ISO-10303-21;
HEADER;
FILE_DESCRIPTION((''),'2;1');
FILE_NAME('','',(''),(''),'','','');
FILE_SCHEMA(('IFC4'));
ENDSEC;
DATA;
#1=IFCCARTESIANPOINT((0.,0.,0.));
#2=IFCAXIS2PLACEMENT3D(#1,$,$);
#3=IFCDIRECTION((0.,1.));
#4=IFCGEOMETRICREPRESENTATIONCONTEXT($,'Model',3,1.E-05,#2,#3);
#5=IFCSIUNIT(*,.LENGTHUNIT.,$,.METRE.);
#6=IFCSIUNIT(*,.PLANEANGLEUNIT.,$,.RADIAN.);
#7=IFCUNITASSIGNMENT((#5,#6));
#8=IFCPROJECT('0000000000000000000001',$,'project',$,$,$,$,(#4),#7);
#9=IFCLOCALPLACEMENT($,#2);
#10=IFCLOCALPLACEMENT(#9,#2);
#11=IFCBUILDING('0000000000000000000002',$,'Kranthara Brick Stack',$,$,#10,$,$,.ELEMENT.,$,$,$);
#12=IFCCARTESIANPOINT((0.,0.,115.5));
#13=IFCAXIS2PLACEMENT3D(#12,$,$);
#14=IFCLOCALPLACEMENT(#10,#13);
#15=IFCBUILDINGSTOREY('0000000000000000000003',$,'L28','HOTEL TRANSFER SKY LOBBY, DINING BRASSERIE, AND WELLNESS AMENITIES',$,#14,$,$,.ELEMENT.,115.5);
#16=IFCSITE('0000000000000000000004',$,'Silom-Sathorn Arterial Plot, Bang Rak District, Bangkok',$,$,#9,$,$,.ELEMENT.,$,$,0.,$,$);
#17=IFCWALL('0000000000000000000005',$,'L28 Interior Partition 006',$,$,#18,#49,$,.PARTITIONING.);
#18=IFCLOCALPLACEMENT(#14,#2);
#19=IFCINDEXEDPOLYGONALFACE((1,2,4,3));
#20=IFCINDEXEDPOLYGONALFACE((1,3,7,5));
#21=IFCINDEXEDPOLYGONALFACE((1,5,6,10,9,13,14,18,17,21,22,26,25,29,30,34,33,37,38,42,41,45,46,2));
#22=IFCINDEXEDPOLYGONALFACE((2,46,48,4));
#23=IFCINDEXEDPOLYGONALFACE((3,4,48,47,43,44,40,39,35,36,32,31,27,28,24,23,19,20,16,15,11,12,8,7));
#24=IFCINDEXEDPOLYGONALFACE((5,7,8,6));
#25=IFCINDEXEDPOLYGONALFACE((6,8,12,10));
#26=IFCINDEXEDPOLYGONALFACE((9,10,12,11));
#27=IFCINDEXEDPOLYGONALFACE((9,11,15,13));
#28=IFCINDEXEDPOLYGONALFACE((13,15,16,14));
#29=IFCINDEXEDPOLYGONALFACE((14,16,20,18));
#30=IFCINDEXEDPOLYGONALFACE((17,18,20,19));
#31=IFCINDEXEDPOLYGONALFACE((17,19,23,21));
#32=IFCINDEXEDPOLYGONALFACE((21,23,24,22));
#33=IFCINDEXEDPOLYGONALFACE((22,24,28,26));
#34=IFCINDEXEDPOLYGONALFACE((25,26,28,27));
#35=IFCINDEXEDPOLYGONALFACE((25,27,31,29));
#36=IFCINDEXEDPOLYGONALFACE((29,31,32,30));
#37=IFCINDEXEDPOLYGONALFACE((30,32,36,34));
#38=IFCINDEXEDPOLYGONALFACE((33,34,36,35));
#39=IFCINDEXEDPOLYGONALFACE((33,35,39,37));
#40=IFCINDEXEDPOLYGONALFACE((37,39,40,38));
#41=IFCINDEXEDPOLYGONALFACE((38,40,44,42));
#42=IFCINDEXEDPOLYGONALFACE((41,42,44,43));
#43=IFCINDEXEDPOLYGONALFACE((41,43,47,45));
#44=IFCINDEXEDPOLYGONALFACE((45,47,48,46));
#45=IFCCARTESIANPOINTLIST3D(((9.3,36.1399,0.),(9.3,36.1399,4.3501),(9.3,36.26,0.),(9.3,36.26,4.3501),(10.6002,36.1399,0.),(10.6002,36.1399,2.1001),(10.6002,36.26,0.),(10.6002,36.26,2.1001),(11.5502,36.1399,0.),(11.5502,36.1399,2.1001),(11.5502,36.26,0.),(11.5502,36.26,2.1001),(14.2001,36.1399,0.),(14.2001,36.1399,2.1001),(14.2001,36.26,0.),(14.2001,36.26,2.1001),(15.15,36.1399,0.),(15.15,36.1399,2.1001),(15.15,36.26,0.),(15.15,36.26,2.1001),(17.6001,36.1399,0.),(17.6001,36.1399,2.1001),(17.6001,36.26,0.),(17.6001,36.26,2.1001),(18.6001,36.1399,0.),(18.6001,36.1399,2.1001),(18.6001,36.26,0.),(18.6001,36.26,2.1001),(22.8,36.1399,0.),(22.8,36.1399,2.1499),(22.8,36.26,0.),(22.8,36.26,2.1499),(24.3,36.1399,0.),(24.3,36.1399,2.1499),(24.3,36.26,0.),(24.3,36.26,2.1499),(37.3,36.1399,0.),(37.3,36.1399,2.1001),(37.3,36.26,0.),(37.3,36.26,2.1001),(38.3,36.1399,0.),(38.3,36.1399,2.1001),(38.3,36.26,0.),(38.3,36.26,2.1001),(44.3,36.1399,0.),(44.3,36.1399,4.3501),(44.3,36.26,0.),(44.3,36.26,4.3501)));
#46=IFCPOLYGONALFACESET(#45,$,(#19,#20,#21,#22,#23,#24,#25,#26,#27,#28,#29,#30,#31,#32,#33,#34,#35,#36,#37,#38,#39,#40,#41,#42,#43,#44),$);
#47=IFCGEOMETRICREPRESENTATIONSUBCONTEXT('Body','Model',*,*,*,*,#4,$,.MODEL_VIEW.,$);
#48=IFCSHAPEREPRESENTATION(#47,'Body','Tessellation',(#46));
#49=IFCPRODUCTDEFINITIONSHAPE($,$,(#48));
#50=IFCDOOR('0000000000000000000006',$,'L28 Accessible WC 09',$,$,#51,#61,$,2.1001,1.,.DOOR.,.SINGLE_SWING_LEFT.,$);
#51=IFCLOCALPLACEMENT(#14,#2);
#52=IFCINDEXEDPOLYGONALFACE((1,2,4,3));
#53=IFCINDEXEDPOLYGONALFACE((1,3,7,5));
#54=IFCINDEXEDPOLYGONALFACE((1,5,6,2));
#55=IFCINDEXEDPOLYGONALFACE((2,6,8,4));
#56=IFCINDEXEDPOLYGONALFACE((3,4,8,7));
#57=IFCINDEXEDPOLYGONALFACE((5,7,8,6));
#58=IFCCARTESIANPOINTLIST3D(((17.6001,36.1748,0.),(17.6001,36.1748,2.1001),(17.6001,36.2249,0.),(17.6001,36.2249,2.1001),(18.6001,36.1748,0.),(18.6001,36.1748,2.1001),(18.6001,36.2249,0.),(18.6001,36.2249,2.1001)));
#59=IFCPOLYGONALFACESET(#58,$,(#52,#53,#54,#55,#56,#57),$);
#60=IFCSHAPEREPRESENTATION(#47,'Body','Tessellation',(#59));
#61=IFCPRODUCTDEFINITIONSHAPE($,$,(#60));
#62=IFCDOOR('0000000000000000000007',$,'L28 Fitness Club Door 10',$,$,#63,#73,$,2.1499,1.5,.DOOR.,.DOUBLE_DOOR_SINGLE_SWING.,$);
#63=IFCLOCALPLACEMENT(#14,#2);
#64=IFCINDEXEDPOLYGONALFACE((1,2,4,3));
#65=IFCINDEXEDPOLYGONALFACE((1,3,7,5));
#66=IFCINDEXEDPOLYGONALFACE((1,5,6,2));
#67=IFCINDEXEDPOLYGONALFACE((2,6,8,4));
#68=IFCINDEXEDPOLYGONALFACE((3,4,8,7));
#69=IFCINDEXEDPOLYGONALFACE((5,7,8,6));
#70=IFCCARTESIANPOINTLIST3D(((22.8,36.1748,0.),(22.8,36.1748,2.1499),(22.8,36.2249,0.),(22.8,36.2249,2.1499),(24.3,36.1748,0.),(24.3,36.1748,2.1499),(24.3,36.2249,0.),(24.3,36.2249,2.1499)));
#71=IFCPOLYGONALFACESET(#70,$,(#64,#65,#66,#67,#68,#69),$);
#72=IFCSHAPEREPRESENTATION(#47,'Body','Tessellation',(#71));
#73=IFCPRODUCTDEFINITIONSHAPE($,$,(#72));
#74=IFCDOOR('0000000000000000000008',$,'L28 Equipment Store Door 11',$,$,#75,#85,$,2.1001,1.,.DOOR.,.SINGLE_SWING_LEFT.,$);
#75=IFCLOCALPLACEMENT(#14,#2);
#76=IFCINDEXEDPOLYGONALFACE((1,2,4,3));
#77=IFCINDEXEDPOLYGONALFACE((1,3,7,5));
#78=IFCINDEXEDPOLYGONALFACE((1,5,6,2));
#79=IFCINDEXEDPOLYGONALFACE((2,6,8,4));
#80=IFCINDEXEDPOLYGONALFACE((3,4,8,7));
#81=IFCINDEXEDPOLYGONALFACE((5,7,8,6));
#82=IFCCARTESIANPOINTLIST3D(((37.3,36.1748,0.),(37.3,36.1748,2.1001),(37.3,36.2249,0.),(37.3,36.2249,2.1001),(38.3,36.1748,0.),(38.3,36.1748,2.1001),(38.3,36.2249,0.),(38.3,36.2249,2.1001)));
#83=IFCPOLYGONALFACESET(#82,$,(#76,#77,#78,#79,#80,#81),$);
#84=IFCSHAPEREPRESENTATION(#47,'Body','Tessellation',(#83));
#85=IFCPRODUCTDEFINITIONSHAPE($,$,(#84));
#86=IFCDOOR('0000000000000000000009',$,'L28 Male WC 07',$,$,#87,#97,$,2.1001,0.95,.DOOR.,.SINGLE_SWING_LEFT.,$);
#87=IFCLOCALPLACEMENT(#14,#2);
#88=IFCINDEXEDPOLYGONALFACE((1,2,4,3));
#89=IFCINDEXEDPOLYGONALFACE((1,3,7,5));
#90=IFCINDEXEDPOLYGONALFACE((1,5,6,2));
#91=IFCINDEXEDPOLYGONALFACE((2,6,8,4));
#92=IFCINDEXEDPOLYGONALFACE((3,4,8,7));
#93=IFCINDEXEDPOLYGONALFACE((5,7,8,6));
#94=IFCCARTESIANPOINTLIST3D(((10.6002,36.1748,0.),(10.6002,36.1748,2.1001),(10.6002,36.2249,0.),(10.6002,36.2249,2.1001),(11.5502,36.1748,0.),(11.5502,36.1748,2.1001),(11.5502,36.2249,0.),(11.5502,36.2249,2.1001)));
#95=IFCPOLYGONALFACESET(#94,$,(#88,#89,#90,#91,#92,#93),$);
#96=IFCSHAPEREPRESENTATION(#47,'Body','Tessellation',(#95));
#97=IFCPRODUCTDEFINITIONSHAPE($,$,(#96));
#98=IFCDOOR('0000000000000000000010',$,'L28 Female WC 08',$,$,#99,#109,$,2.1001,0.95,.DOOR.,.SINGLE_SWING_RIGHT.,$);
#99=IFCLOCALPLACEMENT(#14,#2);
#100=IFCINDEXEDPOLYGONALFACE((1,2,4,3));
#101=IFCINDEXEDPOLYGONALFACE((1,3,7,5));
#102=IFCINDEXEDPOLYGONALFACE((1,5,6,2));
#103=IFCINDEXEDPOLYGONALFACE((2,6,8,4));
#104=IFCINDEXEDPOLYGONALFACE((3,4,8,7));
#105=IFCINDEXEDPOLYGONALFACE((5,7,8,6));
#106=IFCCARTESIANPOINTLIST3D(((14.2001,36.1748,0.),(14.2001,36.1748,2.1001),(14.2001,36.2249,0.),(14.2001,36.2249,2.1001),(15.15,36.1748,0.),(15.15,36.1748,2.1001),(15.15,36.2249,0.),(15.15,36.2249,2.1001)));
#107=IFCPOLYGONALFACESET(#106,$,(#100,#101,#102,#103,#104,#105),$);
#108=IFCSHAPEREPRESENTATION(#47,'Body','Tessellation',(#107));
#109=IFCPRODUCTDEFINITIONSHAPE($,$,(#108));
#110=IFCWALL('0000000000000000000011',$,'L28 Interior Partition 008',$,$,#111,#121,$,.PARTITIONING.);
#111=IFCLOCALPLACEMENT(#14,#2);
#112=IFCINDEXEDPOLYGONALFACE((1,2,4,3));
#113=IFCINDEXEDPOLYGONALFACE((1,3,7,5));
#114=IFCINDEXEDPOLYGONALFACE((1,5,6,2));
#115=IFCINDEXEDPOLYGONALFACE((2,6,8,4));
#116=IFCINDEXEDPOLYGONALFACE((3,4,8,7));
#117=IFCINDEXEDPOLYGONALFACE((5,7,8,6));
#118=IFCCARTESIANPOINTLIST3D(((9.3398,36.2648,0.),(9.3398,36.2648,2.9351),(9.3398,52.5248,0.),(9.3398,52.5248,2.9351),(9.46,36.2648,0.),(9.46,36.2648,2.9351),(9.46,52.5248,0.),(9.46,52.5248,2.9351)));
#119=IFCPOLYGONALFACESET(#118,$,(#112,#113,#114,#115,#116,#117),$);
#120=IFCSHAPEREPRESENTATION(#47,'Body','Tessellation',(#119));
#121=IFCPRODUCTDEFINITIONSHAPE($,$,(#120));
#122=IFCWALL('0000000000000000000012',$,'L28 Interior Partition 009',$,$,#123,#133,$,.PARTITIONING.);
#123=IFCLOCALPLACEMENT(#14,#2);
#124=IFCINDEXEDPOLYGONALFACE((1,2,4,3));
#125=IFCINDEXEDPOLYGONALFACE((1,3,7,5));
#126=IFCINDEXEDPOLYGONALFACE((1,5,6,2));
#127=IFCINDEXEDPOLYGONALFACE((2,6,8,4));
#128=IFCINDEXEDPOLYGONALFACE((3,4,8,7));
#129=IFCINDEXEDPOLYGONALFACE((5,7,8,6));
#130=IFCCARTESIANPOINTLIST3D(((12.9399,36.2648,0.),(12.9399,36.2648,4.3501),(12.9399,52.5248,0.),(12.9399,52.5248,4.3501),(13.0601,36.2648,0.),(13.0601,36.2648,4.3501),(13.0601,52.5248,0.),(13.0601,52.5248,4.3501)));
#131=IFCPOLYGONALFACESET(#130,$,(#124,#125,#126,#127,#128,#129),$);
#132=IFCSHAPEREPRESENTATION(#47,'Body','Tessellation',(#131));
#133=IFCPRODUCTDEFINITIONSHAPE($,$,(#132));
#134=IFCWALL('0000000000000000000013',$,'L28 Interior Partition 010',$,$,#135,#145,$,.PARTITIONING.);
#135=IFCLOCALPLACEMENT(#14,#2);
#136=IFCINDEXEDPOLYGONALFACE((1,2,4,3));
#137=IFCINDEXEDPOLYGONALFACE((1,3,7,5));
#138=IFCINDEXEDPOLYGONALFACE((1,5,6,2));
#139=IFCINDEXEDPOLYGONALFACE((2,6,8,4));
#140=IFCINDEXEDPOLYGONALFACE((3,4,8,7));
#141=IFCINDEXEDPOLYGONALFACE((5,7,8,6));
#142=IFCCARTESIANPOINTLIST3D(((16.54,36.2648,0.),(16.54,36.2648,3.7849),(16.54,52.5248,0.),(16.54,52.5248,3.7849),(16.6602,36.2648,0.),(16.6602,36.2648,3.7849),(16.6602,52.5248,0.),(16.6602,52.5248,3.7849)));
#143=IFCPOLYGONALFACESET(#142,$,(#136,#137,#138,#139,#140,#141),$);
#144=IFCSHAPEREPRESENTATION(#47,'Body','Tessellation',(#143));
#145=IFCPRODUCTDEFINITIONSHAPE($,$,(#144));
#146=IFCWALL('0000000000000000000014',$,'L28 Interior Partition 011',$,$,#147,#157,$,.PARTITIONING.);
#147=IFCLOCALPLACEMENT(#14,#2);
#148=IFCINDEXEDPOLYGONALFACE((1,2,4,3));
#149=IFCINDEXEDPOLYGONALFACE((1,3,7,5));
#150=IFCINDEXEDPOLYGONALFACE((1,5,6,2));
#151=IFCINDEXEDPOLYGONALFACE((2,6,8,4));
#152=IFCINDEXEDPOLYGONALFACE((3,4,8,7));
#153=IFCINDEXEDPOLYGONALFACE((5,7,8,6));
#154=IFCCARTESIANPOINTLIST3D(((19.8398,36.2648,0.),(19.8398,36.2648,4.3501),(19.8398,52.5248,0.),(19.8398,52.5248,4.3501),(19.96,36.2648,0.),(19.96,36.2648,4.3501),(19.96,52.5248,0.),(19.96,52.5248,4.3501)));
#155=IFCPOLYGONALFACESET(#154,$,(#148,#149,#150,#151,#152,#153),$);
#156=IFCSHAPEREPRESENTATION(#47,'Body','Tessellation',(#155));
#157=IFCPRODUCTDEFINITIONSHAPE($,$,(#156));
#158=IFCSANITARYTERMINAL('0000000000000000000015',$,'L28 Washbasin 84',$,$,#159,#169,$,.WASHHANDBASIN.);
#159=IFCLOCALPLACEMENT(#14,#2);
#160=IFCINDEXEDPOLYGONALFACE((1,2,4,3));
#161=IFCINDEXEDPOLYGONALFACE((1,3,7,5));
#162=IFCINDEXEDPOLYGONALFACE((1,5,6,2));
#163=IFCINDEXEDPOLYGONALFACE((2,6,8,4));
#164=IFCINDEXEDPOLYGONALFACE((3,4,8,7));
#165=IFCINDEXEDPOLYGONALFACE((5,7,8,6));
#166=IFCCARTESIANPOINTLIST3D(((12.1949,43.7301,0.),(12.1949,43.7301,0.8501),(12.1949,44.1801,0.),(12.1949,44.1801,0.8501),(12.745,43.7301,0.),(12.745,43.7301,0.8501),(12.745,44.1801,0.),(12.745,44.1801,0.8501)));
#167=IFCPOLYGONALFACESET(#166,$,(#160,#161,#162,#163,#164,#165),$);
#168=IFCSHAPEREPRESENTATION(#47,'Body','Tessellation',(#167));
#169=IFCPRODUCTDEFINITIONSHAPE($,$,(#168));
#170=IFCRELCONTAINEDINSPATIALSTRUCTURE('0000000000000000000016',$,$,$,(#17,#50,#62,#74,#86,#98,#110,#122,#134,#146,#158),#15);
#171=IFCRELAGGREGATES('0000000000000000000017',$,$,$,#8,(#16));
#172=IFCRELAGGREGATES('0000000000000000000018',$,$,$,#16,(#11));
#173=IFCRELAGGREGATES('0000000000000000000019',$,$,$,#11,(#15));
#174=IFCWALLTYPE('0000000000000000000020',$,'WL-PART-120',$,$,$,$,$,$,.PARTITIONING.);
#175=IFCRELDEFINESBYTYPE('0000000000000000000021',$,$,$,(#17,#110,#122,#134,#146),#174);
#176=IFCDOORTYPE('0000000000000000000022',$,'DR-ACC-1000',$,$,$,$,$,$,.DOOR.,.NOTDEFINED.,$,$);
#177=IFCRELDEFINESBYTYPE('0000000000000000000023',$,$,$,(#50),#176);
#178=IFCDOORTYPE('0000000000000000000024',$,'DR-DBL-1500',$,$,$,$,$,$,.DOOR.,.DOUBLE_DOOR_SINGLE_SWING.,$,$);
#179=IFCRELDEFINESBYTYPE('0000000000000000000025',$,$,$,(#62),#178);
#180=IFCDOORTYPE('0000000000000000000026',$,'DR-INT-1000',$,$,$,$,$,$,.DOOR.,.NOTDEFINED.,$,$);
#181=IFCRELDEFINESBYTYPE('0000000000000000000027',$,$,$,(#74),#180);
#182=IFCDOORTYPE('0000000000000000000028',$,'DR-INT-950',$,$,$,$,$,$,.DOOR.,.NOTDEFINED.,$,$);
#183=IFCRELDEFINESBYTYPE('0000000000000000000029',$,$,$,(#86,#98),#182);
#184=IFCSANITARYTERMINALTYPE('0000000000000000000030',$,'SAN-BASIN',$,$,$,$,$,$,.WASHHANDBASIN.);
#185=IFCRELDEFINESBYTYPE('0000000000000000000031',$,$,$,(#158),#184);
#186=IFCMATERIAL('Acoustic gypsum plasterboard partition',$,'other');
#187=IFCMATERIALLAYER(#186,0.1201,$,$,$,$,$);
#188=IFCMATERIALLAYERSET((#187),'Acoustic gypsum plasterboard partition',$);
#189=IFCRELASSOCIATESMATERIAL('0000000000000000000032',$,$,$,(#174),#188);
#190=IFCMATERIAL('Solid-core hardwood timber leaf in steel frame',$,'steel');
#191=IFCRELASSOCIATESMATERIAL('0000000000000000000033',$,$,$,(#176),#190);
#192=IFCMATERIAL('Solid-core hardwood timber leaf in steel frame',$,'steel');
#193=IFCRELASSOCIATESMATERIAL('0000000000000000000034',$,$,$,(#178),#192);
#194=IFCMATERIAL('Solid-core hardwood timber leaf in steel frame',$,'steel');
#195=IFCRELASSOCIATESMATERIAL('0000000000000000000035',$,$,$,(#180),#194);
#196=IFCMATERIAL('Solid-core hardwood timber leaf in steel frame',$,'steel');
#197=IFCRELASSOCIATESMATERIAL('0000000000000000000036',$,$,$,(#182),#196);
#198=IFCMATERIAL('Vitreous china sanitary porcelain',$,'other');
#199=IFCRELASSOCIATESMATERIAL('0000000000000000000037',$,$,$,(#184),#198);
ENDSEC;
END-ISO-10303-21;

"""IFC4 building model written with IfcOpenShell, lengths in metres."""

from ifc_helpers import new_model, si_unit, direction, frame, frame_2d, origin, origin_2d, place, context, subcontext, project, spatial, rectangle, extrude, material, layer, layer_set, type_object, element, fill, save


model = new_model("IFC4")

# Units and contexts
model_context = context("Model", 3, precision=1e-05, world=origin(), true_north=direction((0.0, 1.0)))
body_context = subcontext(model_context, "Body", "Model", "MODEL_VIEW")
ifc_project = project(units=[si_unit("LENGTHUNIT", "METRE"), si_unit("PLANEANGLEUNIT", "RADIAN")], contexts=[model_context])

# Site, building, storey
site_placement = place(None, origin())
site = spatial("IfcSite", under=ifc_project, at=site_placement, Name="Silom-Sathorn Arterial Plot, Bang Rak District, Bangkok", CompositionType="ELEMENT", RefElevation=0.0)
building_placement = place(site_placement, origin())
building = spatial("IfcBuilding", under=site, at=building_placement, Name="Kranthara Brick Stack", CompositionType="ELEMENT")
storey_placement = place(building_placement, frame((0.0, 0.0, 115.5)))
storey = spatial("IfcBuildingStorey", under=building, at=storey_placement, Name="L28", Description="HOTEL TRANSFER SKY LOBBY, DINING BRASSERIE, AND WELLNESS AMENITIES", CompositionType="ELEMENT", Elevation=115.5)

# Wall, openings, doors
ifc_material_1 = material(Name="Acoustic gypsum plasterboard partition", Category="other")
ifc_layer_1 = layer(ifc_material_1, 0.1201)
ifc_layer_set_1 = layer_set([ifc_layer_1], Name="Acoustic gypsum plasterboard partition")
wall_type_1 = type_object("IfcWallType", Name="WL-PART-120", PredefinedType="PARTITIONING", material=ifc_layer_set_1)
wall_1_placement = place(storey_placement, frame((9.3, 36.2, 0.0), z_axis=(0.0, 0.0, 1.0), x_axis=(1.0, 0.0, 0.0)))
wall_1 = element("IfcWall", 1, at=wall_1_placement, inside=storey, type_object=wall_type_1, Name="L28 Interior Partition 006", PredefinedType="PARTITIONING", context=body_context, shape_type="SweptSolid", body=[
    extrude(rectangle(XDim=35.0, YDim=0.1201, at=frame_2d((17.5, 0.0))), origin(), (0.0, 0.0, 1.0), 4.3501),
])
opening_1_placement = place(wall_1_placement, frame((1.3, 0.0, 0.0)))
opening_1 = element("IfcOpeningElement", 2, at=opening_1_placement, cuts=wall_1, PredefinedType="OPENING", context=body_context, shape_type="SweptSolid", body=[
    extrude(rectangle(XDim=0.95, YDim=2.1001, at=frame_2d((0.4751, 1.05))), frame((0.0, 0.0701, 0.0), z_axis=(0.0, -1.0, 0.0), x_axis=(1.0, 0.0, 0.0)), (0.0, 0.0, 1.0), 0.1401),
])
opening_2_placement = place(wall_1_placement, frame((4.8999, 0.0, 0.0)))
opening_2 = element("IfcOpeningElement", 3, at=opening_2_placement, cuts=wall_1, PredefinedType="OPENING", context=body_context, shape_type="SweptSolid", body=[
    extrude(rectangle(XDim=0.95, YDim=2.1001, at=frame_2d((0.4751, 1.05))), frame((0.0, 0.0701, 0.0), z_axis=(0.0, -1.0, 0.0), x_axis=(1.0, 0.0, 0.0)), (0.0, 0.0, 1.0), 0.1401),
])
opening_3_placement = place(wall_1_placement, frame((8.3, 0.0, 0.0)))
opening_3 = element("IfcOpeningElement", 4, at=opening_3_placement, cuts=wall_1, PredefinedType="OPENING", context=body_context, shape_type="SweptSolid", body=[
    extrude(rectangle(XDim=1.0, YDim=2.1001, at=frame_2d((0.5, 1.05))), frame((0.0, 0.0701, 0.0), z_axis=(0.0, -1.0, 0.0), x_axis=(1.0, 0.0, 0.0)), (0.0, 0.0, 1.0), 0.1401),
])
opening_4_placement = place(wall_1_placement, frame((13.5, 0.0, 0.0)))
opening_4 = element("IfcOpeningElement", 5, at=opening_4_placement, cuts=wall_1, PredefinedType="OPENING", context=body_context, shape_type="SweptSolid", body=[
    extrude(rectangle(XDim=1.5, YDim=2.1499, at=frame_2d((0.75, 1.075))), frame((0.0, 0.0701, 0.0), z_axis=(0.0, -1.0, 0.0), x_axis=(1.0, 0.0, 0.0)), (0.0, 0.0, 1.0), 0.1401),
])
opening_5_placement = place(wall_1_placement, frame((28.0, 0.0, 0.0)))
opening_5 = element("IfcOpeningElement", 6, at=opening_5_placement, cuts=wall_1, PredefinedType="OPENING", context=body_context, shape_type="SweptSolid", body=[
    extrude(rectangle(XDim=1.0, YDim=2.1001, at=frame_2d((0.5, 1.05))), frame((0.0, 0.0701, 0.0), z_axis=(0.0, -1.0, 0.0), x_axis=(1.0, 0.0, 0.0)), (0.0, 0.0, 1.0), 0.1401),
])
ifc_material_2 = material(Name="Solid-core hardwood timber leaf in steel frame", Category="steel")
door_type_1 = type_object("IfcDoorType", Name="DR-ACC-1000", OperationType="NOTDEFINED", PredefinedType="DOOR", material=ifc_material_2)
door_1_placement = place(opening_3_placement, origin())
door_1 = element("IfcDoor", 7, at=door_1_placement, inside=storey, type_object=door_type_1, Name="L28 Accessible WC 09", OperationType="SINGLE_SWING_LEFT", OverallHeight=2.1001, OverallWidth=1.0, PredefinedType="DOOR", context=body_context, shape_type="SweptSolid", body=[
    extrude(rectangle(XDim=1.0, YDim=2.1001, at=frame_2d((0.5, 1.05))), frame((0.0, 0.0249, 0.0), z_axis=(0.0, -1.0, 0.0), x_axis=(1.0, 0.0, 0.0)), (0.0, 0.0, 1.0), 0.05),
])
fill(opening_3, door_1)
ifc_material_3 = material(Name="Solid-core hardwood timber leaf in steel frame", Category="steel")
door_type_2 = type_object("IfcDoorType", Name="DR-DBL-1500", OperationType="DOUBLE_DOOR_SINGLE_SWING", PredefinedType="DOOR", material=ifc_material_3)
door_2_placement = place(opening_4_placement, origin())
door_2 = element("IfcDoor", 8, at=door_2_placement, inside=storey, type_object=door_type_2, Name="L28 Fitness Club Door 10", OperationType="DOUBLE_DOOR_SINGLE_SWING", OverallHeight=2.1499, OverallWidth=1.5, PredefinedType="DOOR", context=body_context, shape_type="SweptSolid", body=[
    extrude(rectangle(XDim=1.5, YDim=2.1499, at=frame_2d((0.75, 1.075))), frame((0.0, 0.0249, 0.0), z_axis=(0.0, -1.0, 0.0), x_axis=(1.0, 0.0, 0.0)), (0.0, 0.0, 1.0), 0.05),
])
fill(opening_4, door_2)
ifc_material_4 = material(Name="Solid-core hardwood timber leaf in steel frame", Category="steel")
door_type_3 = type_object("IfcDoorType", Name="DR-INT-1000", OperationType="NOTDEFINED", PredefinedType="DOOR", material=ifc_material_4)
door_3_placement = place(opening_5_placement, origin())
door_3 = element("IfcDoor", 9, at=door_3_placement, inside=storey, type_object=door_type_3, Name="L28 Equipment Store Door 11", OperationType="SINGLE_SWING_LEFT", OverallHeight=2.1001, OverallWidth=1.0, PredefinedType="DOOR", context=body_context, shape_type="SweptSolid", body=[
    extrude(rectangle(XDim=1.0, YDim=2.1001, at=frame_2d((0.5, 1.05))), frame((0.0, 0.0249, 0.0), z_axis=(0.0, -1.0, 0.0), x_axis=(1.0, 0.0, 0.0)), (0.0, 0.0, 1.0), 0.05),
])
fill(opening_5, door_3)
ifc_material_5 = material(Name="Solid-core hardwood timber leaf in steel frame", Category="steel")
door_type_4 = type_object("IfcDoorType", Name="DR-INT-950", OperationType="NOTDEFINED", PredefinedType="DOOR", material=ifc_material_5)
door_4_placement = place(opening_1_placement, origin())
door_4 = element("IfcDoor", 10, at=door_4_placement, inside=storey, type_object=door_type_4, Name="L28 Male WC 07", OperationType="SINGLE_SWING_LEFT", OverallHeight=2.1001, OverallWidth=0.95, PredefinedType="DOOR", context=body_context, shape_type="SweptSolid", body=[
    extrude(rectangle(XDim=0.95, YDim=2.1001, at=frame_2d((0.4751, 1.05))), frame((0.0, 0.0249, 0.0), z_axis=(0.0, -1.0, 0.0), x_axis=(1.0, 0.0, 0.0)), (0.0, 0.0, 1.0), 0.05),
])
fill(opening_1, door_4)
door_5_placement = place(opening_2_placement, origin())
door_5 = element("IfcDoor", 11, at=door_5_placement, inside=storey, type_object=door_type_4, Name="L28 Female WC 08", OperationType="SINGLE_SWING_RIGHT", OverallHeight=2.1001, OverallWidth=0.95, PredefinedType="DOOR", context=body_context, shape_type="SweptSolid", body=[
    extrude(rectangle(XDim=0.95, YDim=2.1001, at=frame_2d((0.4751, 1.05))), frame((0.0, 0.0249, 0.0), z_axis=(0.0, -1.0, 0.0), x_axis=(1.0, 0.0, 0.0)), (0.0, 0.0, 1.0), 0.05),
])
fill(opening_2, door_5)

# Walls
wall_2_placement = place(storey_placement, frame((9.3999, 36.2649, 0.0), z_axis=(0.0, 0.0, 1.0), x_axis=(0.0, 1.0, 0.0)))
element("IfcWall", 12, at=wall_2_placement, inside=storey, type_object=wall_type_1, Name="L28 Interior Partition 008", PredefinedType="PARTITIONING", context=body_context, shape_type="SweptSolid", body=[
    extrude(rectangle(XDim=16.26, YDim=0.1201, at=frame_2d((8.1299, 0.0))), origin(), (0.0, 0.0, 1.0), 2.9351),
])
wall_3_placement = place(storey_placement, frame((13.0, 36.2649, 0.0), z_axis=(0.0, 0.0, 1.0), x_axis=(0.0, 1.0, 0.0)))
element("IfcWall", 13, at=wall_3_placement, inside=storey, type_object=wall_type_1, Name="L28 Interior Partition 009", PredefinedType="PARTITIONING", context=body_context, shape_type="SweptSolid", body=[
    extrude(rectangle(XDim=16.26, YDim=0.1201, at=frame_2d((8.1299, 0.0))), origin(), (0.0, 0.0, 1.0), 4.3501),
])
wall_4_placement = place(storey_placement, frame((16.6001, 36.2649, 0.0), z_axis=(0.0, 0.0, 1.0), x_axis=(0.0, 1.0, 0.0)))
element("IfcWall", 14, at=wall_4_placement, inside=storey, type_object=wall_type_1, Name="L28 Interior Partition 010", PredefinedType="PARTITIONING", context=body_context, shape_type="SweptSolid", body=[
    extrude(rectangle(XDim=16.26, YDim=0.1201, at=frame_2d((8.1299, 0.0))), origin(), (0.0, 0.0, 1.0), 3.7849),
])
wall_5_placement = place(storey_placement, frame((19.8999, 36.2649, 0.0), z_axis=(0.0, 0.0, 1.0), x_axis=(0.0, 1.0, 0.0)))
element("IfcWall", 15, at=wall_5_placement, inside=storey, type_object=wall_type_1, Name="L28 Interior Partition 011", PredefinedType="PARTITIONING", context=body_context, shape_type="SweptSolid", body=[
    extrude(rectangle(XDim=16.26, YDim=0.1201, at=frame_2d((8.1299, 0.0))), origin(), (0.0, 0.0, 1.0), 4.3501),
])

# Sanitary terminal
ifc_material_6 = material(Name="Vitreous china sanitary porcelain", Category="other")
sanitary_terminal_type_1 = type_object("IfcSanitaryTerminalType", Name="SAN-BASIN", PredefinedType="WASHHANDBASIN", material=ifc_material_6)
for number, where, z_axis, x_axis, name in (
    (16, (12.47, 43.9551, 0.0), (0.0, 0.0, 1.0), (1.0, 0.0, 0.0), "L28 Washbasin 84"),
):
    element("IfcSanitaryTerminal", number, at=place(storey_placement, frame(where, z_axis=z_axis, x_axis=x_axis)), inside=storey, type_object=sanitary_terminal_type_1, Name=name, PredefinedType="WASHHANDBASIN", context=body_context, shape_type="SweptSolid", body=[
        extrude(rectangle(XDim=0.55, YDim=0.45, at=origin_2d()), origin(), (0.0, 0.0, 1.0), 0.8501),
    ])

save(model, "model.ifc")
